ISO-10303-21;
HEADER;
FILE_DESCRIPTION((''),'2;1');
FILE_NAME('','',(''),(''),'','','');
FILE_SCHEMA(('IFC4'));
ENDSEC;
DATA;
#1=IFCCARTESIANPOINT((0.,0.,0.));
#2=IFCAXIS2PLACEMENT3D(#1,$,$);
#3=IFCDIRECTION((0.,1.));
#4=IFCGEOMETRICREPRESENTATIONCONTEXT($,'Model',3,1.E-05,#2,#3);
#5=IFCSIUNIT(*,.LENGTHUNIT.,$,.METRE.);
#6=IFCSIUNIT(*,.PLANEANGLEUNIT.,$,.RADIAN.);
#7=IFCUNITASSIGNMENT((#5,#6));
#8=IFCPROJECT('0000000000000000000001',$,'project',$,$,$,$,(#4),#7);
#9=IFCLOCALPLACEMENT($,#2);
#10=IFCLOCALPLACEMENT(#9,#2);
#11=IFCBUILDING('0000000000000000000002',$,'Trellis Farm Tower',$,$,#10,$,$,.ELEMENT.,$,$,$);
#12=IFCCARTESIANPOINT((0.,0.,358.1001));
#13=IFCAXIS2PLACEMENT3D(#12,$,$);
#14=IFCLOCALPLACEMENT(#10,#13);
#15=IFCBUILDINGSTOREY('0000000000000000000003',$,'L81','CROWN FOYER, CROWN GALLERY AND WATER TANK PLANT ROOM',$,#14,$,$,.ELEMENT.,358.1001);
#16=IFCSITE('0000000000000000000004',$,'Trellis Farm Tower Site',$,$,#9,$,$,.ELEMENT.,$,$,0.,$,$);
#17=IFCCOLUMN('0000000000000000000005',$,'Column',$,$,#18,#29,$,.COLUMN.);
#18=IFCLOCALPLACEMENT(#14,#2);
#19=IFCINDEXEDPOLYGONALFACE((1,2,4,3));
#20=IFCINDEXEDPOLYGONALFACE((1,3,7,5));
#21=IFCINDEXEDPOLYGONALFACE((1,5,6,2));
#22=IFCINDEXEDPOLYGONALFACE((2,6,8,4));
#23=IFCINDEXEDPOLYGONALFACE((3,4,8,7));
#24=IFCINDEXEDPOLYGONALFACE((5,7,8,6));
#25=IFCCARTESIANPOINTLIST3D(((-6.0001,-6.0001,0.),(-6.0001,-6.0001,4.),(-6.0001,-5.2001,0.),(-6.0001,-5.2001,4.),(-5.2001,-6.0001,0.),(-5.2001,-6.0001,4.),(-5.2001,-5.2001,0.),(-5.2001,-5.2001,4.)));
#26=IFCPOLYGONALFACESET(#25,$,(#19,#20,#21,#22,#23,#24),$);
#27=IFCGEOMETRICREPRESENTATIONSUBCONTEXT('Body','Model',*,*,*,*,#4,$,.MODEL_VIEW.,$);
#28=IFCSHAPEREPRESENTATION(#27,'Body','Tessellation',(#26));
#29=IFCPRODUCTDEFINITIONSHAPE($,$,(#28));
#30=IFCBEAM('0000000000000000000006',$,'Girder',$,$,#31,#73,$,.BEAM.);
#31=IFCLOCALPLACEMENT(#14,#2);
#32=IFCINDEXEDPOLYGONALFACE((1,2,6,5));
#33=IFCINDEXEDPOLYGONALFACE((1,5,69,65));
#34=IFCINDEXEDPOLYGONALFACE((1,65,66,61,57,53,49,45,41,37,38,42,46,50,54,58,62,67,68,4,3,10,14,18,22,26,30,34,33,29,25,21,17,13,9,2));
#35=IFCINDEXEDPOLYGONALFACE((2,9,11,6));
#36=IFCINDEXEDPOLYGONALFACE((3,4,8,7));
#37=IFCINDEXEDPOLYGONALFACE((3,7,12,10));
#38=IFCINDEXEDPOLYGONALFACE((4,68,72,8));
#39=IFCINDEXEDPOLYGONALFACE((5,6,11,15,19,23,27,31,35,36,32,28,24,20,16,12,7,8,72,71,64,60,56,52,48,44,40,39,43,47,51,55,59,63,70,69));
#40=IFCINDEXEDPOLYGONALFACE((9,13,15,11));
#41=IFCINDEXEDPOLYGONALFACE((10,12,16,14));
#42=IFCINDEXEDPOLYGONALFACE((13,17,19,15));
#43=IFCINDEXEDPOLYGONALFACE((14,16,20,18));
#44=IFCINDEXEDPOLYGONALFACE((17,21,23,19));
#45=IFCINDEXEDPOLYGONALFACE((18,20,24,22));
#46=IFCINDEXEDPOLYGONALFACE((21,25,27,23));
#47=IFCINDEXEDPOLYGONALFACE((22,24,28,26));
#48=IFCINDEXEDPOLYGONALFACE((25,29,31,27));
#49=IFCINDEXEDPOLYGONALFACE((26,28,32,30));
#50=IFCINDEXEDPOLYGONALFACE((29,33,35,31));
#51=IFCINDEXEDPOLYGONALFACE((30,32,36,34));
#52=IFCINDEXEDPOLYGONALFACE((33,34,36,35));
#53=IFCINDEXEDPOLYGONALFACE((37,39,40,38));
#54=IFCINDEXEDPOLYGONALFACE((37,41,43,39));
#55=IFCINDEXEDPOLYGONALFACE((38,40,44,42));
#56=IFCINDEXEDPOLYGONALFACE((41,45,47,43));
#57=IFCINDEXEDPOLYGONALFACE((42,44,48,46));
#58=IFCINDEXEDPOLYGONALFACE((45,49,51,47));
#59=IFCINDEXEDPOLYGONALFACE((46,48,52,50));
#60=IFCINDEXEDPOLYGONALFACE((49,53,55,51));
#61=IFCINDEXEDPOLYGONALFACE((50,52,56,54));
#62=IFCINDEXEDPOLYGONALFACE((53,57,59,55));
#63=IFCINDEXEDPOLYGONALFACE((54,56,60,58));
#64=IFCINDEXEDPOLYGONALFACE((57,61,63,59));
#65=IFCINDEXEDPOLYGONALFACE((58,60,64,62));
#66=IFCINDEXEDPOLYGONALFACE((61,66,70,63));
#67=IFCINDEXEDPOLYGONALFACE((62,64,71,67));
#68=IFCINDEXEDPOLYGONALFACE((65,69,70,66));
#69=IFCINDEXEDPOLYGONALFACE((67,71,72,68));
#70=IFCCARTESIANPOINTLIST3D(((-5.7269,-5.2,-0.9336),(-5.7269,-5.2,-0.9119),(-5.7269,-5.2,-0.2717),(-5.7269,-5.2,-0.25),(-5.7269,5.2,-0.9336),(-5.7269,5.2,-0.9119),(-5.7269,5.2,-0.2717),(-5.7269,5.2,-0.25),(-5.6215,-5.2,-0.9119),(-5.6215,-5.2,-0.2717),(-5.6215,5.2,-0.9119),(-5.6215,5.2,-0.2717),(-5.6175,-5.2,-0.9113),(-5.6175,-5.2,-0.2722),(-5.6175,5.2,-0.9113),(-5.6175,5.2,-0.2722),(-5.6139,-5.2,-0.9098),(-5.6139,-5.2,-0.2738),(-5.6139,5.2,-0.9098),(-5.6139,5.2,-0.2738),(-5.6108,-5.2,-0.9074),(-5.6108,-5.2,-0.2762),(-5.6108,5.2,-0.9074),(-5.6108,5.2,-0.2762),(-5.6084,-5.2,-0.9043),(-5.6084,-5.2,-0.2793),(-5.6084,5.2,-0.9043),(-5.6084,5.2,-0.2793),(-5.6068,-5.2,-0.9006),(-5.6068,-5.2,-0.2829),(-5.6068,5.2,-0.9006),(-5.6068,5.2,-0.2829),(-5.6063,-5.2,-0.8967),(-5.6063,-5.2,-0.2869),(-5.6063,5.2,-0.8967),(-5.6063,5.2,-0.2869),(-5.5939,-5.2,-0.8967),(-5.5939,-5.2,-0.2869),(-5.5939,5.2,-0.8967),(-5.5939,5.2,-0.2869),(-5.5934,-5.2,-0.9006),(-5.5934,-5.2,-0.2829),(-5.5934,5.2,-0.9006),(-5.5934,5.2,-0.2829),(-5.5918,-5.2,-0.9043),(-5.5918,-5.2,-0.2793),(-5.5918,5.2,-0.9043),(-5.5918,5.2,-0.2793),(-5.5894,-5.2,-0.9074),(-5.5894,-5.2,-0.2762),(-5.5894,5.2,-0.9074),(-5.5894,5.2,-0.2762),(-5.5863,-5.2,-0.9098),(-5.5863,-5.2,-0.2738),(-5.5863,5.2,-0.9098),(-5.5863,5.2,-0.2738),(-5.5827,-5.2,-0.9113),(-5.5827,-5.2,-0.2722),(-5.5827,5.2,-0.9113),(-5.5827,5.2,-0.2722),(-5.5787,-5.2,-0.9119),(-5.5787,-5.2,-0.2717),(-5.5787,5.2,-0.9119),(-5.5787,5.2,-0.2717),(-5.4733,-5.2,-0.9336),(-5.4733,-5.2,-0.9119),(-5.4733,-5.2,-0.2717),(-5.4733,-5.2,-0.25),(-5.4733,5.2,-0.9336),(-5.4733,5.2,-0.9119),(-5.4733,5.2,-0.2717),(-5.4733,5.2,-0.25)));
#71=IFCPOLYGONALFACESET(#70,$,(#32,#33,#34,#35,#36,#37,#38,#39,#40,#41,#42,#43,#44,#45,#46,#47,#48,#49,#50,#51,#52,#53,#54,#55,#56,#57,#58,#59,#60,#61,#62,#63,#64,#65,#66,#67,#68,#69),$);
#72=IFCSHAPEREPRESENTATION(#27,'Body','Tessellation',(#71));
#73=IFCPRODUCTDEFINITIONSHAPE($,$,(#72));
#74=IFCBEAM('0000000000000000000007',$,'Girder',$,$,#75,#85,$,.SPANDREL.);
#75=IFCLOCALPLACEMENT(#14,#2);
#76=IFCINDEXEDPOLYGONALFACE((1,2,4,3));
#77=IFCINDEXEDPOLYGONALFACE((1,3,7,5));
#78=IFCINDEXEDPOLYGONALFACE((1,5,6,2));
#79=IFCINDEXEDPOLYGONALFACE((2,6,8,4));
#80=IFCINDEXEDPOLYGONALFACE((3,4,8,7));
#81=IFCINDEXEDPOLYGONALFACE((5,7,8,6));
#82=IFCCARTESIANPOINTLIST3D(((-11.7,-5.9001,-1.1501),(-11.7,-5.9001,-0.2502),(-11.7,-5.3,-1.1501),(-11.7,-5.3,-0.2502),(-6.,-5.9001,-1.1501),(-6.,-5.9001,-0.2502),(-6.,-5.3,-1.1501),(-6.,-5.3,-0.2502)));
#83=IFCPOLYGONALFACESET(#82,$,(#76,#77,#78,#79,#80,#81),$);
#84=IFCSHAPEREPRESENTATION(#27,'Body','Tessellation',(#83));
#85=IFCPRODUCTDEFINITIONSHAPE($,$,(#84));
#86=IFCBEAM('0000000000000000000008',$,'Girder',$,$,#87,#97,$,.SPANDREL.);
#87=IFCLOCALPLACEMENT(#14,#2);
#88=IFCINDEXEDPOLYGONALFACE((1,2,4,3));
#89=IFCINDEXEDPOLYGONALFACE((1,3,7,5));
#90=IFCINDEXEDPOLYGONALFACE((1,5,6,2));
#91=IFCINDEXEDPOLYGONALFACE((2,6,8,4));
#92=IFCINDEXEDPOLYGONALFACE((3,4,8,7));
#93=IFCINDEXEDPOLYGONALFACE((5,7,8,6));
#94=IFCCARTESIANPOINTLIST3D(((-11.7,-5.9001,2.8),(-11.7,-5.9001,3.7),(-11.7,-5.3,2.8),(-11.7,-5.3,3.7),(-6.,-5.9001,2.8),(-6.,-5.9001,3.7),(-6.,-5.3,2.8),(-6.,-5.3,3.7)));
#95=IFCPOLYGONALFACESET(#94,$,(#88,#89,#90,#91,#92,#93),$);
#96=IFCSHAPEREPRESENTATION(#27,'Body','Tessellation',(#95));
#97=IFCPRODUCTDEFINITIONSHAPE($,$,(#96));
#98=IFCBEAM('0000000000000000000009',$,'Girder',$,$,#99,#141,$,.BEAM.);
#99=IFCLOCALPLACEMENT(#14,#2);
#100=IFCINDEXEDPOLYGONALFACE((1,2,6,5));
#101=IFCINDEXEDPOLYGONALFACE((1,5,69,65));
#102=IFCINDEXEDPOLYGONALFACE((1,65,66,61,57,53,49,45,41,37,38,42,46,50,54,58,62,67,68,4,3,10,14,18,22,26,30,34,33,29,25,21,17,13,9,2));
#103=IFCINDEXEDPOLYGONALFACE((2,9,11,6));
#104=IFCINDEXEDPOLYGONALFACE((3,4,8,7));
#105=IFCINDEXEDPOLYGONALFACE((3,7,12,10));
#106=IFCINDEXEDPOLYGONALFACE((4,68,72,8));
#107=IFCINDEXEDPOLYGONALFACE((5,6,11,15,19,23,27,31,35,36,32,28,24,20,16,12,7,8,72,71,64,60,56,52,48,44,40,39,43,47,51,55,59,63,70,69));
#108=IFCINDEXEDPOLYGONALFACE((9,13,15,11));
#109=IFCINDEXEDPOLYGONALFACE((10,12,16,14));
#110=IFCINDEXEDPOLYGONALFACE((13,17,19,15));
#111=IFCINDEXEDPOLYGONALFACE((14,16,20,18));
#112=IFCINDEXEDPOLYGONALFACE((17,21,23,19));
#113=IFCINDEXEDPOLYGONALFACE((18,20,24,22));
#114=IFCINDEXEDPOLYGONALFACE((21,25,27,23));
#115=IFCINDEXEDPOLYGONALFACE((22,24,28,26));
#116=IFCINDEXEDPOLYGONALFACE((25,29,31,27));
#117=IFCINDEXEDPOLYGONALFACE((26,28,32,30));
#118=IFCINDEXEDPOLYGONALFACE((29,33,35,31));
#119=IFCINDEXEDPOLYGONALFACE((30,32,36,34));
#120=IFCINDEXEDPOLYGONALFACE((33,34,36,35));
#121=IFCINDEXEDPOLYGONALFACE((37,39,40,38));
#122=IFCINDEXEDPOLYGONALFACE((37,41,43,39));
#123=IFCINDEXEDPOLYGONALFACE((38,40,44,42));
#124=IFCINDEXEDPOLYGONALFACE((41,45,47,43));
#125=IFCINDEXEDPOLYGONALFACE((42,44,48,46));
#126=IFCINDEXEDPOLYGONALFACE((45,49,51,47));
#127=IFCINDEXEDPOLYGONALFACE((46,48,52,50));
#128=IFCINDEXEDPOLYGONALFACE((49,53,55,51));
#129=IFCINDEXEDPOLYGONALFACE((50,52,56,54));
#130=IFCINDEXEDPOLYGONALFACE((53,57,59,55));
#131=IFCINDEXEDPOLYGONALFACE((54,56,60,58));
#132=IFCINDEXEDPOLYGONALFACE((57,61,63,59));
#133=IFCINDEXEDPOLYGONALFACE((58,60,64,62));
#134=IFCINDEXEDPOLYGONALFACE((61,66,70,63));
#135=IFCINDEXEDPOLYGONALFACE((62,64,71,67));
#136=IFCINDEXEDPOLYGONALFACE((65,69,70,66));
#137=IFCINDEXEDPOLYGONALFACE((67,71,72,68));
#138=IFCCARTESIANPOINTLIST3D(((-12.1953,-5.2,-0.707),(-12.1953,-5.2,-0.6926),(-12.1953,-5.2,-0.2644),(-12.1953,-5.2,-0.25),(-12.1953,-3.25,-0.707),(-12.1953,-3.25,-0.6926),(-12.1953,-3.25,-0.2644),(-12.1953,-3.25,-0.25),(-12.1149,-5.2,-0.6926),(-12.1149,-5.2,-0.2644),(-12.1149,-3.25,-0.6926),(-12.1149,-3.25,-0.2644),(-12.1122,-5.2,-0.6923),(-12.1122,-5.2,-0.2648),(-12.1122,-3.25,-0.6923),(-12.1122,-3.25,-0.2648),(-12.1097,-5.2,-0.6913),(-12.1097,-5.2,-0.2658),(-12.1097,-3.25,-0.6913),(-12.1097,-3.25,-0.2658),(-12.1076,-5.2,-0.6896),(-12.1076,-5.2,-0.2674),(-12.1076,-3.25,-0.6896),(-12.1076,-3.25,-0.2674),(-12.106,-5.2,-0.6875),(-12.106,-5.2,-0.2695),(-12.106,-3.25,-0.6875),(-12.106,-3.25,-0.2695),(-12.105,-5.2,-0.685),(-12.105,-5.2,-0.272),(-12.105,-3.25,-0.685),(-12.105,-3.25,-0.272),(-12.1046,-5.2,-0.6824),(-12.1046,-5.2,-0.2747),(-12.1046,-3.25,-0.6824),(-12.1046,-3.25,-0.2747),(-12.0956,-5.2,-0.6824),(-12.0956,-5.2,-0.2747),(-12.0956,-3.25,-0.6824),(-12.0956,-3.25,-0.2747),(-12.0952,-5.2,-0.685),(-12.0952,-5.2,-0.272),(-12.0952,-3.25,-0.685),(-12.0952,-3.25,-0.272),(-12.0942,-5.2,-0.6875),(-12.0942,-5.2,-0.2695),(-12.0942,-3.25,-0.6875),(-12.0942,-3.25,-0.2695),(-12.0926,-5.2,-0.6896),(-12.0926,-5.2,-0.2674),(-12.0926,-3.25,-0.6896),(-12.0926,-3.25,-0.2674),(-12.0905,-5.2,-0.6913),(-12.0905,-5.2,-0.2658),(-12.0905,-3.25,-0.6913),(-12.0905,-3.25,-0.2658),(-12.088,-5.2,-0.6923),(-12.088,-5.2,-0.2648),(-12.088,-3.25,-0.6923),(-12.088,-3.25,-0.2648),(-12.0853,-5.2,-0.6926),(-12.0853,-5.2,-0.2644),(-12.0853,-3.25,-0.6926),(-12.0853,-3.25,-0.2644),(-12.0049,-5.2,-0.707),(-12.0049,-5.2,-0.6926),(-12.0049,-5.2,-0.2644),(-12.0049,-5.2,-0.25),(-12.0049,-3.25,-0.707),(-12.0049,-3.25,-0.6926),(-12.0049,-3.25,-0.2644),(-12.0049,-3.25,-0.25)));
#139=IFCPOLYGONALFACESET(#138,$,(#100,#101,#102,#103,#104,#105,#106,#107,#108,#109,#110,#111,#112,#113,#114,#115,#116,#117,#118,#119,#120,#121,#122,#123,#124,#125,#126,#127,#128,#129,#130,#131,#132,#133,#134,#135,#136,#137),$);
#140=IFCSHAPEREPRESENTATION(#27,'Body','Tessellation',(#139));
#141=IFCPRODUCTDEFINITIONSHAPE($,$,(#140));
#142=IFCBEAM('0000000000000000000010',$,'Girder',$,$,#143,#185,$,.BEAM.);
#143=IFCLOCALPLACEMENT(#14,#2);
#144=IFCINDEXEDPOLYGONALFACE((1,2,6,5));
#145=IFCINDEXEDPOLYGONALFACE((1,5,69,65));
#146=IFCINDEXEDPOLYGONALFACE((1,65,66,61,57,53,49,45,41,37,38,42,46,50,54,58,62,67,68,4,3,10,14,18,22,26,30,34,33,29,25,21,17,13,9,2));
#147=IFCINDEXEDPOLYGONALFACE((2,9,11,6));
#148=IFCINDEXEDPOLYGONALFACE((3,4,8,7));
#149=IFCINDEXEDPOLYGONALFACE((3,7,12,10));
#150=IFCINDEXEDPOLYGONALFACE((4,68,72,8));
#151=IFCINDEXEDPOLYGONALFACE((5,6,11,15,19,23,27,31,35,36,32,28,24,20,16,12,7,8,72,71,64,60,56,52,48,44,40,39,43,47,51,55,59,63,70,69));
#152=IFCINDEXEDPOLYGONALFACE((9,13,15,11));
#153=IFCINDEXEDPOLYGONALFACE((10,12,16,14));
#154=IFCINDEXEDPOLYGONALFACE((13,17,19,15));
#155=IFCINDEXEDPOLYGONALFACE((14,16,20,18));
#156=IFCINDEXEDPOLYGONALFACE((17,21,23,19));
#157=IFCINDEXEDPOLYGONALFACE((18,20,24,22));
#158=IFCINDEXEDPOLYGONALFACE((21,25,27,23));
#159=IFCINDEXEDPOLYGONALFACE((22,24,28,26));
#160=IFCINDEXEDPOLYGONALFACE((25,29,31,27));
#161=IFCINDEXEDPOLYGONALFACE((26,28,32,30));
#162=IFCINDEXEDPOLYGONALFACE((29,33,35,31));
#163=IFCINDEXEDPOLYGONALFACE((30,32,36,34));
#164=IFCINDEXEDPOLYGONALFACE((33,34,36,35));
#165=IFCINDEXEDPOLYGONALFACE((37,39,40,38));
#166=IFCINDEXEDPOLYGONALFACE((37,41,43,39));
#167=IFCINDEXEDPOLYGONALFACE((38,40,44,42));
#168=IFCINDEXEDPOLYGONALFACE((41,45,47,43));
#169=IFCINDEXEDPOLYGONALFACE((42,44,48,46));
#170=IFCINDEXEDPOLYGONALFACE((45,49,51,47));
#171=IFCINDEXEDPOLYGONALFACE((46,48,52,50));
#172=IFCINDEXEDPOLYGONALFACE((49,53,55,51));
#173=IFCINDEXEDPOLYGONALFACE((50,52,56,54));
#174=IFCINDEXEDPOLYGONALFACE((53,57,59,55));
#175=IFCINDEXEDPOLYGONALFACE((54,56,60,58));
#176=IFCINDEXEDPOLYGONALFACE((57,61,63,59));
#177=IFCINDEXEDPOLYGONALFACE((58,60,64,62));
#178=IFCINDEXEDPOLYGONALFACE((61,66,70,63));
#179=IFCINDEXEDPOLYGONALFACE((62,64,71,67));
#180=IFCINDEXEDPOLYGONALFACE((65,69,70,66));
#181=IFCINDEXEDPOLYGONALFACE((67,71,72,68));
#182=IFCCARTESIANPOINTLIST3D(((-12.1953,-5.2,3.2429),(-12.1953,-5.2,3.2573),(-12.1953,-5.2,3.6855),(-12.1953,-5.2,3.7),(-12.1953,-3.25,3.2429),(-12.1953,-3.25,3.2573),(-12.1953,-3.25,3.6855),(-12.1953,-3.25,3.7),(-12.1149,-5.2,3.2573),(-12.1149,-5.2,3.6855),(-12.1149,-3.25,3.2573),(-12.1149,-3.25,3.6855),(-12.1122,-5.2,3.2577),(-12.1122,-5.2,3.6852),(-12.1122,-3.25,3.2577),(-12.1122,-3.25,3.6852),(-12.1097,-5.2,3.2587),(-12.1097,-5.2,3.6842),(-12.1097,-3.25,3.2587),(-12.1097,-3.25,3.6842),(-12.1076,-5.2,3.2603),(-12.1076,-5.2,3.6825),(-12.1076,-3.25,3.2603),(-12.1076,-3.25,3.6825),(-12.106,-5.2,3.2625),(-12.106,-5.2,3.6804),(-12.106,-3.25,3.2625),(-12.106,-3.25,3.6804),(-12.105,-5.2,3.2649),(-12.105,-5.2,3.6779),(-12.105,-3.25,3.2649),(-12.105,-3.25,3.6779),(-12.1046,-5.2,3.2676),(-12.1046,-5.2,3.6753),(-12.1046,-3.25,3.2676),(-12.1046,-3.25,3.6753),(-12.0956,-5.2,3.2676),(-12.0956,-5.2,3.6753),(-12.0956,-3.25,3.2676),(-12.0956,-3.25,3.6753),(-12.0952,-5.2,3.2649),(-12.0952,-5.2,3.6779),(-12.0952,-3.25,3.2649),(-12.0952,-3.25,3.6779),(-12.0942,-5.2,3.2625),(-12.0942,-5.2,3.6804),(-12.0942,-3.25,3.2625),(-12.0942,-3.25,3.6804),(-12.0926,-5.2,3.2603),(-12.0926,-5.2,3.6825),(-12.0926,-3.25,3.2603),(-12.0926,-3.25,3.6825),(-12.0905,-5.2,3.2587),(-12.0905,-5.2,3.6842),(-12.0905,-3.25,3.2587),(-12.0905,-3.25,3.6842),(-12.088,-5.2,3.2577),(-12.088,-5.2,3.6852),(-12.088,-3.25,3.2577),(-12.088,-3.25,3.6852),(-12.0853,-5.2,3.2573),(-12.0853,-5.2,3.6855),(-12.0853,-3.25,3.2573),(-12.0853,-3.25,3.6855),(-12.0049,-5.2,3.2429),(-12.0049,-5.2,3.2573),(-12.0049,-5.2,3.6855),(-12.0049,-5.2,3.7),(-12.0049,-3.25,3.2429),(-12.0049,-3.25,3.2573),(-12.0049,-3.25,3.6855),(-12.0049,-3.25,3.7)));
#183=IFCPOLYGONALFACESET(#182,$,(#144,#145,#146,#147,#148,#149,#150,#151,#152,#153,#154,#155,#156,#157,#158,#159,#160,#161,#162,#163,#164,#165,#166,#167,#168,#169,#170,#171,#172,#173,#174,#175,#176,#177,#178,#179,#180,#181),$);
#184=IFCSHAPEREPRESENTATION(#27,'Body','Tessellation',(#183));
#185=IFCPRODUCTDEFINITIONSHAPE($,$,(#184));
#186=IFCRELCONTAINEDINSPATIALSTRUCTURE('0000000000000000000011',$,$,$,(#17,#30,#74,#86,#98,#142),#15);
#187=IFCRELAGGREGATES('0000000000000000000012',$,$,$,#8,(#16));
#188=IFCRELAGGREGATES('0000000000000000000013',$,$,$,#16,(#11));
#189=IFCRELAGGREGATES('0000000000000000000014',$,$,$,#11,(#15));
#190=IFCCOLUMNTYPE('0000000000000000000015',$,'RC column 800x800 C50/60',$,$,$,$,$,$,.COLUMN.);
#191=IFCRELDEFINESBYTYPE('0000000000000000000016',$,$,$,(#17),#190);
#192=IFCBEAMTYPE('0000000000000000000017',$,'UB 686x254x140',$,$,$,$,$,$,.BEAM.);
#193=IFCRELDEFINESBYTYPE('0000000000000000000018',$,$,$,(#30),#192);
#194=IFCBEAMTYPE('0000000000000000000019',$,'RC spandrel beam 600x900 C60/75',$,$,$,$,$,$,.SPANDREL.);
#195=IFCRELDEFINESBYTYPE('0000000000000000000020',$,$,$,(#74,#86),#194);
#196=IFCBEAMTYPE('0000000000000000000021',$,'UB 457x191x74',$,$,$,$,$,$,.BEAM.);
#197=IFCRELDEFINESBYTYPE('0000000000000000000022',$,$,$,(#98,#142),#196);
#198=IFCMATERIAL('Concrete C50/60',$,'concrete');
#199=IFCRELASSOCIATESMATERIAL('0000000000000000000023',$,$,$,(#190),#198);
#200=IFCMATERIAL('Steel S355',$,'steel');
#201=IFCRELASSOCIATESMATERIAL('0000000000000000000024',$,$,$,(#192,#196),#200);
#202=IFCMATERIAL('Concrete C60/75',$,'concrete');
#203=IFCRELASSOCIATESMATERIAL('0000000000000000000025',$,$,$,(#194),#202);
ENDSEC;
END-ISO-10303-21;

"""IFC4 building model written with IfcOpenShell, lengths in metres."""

from ifc_helpers import new_model, si_unit, direction, frame, origin, origin_2d, place, context, subcontext, project, spatial, rectangle, i_section, extrude, source, transform, mapped, material, material_profile, profile_set, type_object, element, save


model = new_model("IFC4")

# Units and contexts
model_context = context("Model", 3, precision=1e-05, world=origin(), true_north=direction((0.0, 1.0)))
body_context = subcontext(model_context, "Body", "Model", "MODEL_VIEW")
ifc_project = project(units=[si_unit("LENGTHUNIT", "METRE"), si_unit("PLANEANGLEUNIT", "RADIAN")], contexts=[model_context])

# Site, building, storey
site_placement = place(None, origin())
site = spatial("IfcSite", under=ifc_project, at=site_placement, Name="Trellis Farm Tower Site", CompositionType="ELEMENT", RefElevation=0.0)
building_placement = place(site_placement, origin())
building = spatial("IfcBuilding", under=site, at=building_placement, Name="Trellis Farm Tower", CompositionType="ELEMENT")
storey_placement = place(building_placement, frame((0.0, 0.0, 358.1001)))
storey = spatial("IfcBuildingStorey", under=building, at=storey_placement, Name="L81", Description="CROWN FOYER, CROWN GALLERY AND WATER TANK PLANT ROOM", CompositionType="ELEMENT", Elevation=358.1001)

# Column
ifc_material_1 = material(Name="Concrete C50/60", Category="concrete")
ifc_material_profile_1 = material_profile(ifc_material_1, rectangle(XDim=0.8, YDim=0.8, at=origin_2d()), Name="RC column 800x800 C50/60")
ifc_profile_set_1 = profile_set([ifc_material_profile_1], Name="Concrete C50/60")
column_type = type_object("IfcColumnType", Name="RC column 800x800 C50/60", PredefinedType="COLUMN", material=ifc_profile_set_1)
shared_shape_1 = source(origin(), body_context, "Body", "SweptSolid", [
    extrude(rectangle(XDim=0.8, YDim=0.8, at=origin_2d()), origin(), (0.0, 0.0, 1.0), 4.0),
])
column_placement = place(storey_placement, frame((-5.6001, -5.6001, 0.0), z_axis=(0.0, 0.0, 1.0), x_axis=(1.0, 0.0, 0.0)))
element("IfcColumn", 1, at=column_placement, inside=storey, type_object=column_type, Name="Column", PredefinedType="COLUMN", context=body_context, shape_type="MappedRepresentation", body=[
    mapped(shared_shape_1, transform((0.0, 0.0, 0.0))),
])

# Beams
ifc_material_2 = material(Name="Steel S355", Category="steel")
ifc_material_profile_2 = material_profile(ifc_material_2, i_section(OverallWidth=0.2537, OverallDepth=0.6836, WebThickness=0.0125, FlangeThickness=0.0217, FilletRadius=0.0151, at=origin_2d()), Name="UB 686x254x140")
ifc_profile_set_2 = profile_set([ifc_material_profile_2], Name="Steel S355")
beam_type_1 = type_object("IfcBeamType", Name="UB 686x254x140", PredefinedType="BEAM", material=ifc_profile_set_2)
shared_shape_2 = source(origin(), body_context, "Body", "SweptSolid", [
    extrude(i_section(OverallWidth=0.2537, OverallDepth=0.6836, WebThickness=0.0125, FlangeThickness=0.0217, FilletRadius=0.0151, at=origin_2d()), origin(), (0.0, 0.0, 1.0), 10.3999),
])
beam_placement = place(storey_placement, frame((-5.6001, -5.2, -0.5918), z_axis=(0.0, 1.0, 0.0), x_axis=(-1.0, 0.0, 0.0)))
element("IfcBeam", 2, at=beam_placement, inside=storey, type_object=beam_type_1, Name="Girder", PredefinedType="BEAM", context=body_context, shape_type="MappedRepresentation", body=[
    mapped(shared_shape_2, transform((0.0, 0.0, 0.0))),
])
ifc_material_3 = material(Name="Concrete C60/75", Category="concrete")
ifc_material_profile_3 = material_profile(ifc_material_3, rectangle(XDim=0.6001, YDim=0.8999, at=origin_2d()), Name="RC spandrel beam 600x900 C60/75")
ifc_profile_set_3 = profile_set([ifc_material_profile_3], Name="Concrete C60/75")
beam_type_2 = type_object("IfcBeamType", Name="RC spandrel beam 600x900 C60/75", PredefinedType="SPANDREL", material=ifc_profile_set_3)
shared_shape_3 = source(origin(), body_context, "Body", "SweptSolid", [
    extrude(rectangle(XDim=0.6001, YDim=0.8999, at=origin_2d()), origin(), (0.0, 0.0, 1.0), 5.7),
])
for number, where, z_axis, x_axis, name in (
    (3, (-11.7, -5.6001, -0.7002), (1.0, 0.0, 0.0), (0.0, 1.0, 0.0), "Girder"),
    (4, (-11.7, -5.6001, 3.25), (1.0, 0.0, 0.0), (0.0, 1.0, 0.0), "Girder"),
):
    element("IfcBeam", number, at=place(storey_placement, frame(where, z_axis=z_axis, x_axis=x_axis)), inside=storey, type_object=beam_type_2, Name=name, PredefinedType="SPANDREL", context=body_context, shape_type="MappedRepresentation", body=[
        mapped(shared_shape_3, transform((0.0, 0.0, 0.0))),
    ])
ifc_material_profile_4 = material_profile(ifc_material_2, i_section(OverallWidth=0.1904, OverallDepth=0.457, WebThickness=0.009, FlangeThickness=0.0144, FilletRadius=0.0103, at=origin_2d()), Name="UB 457x191x74")
ifc_profile_set_4 = profile_set([ifc_material_profile_4], Name="Steel S355")
beam_type_3 = type_object("IfcBeamType", Name="UB 457x191x74", PredefinedType="BEAM", material=ifc_profile_set_4)
shared_shape_4 = source(origin(), body_context, "Body", "SweptSolid", [
    extrude(i_section(OverallWidth=0.1904, OverallDepth=0.457, WebThickness=0.009, FlangeThickness=0.0144, FilletRadius=0.0103, at=origin_2d()), origin(), (0.0, 0.0, 1.0), 1.95),
])
for number, where, z_axis, x_axis, name in (
    (5, (-12.1001, -5.2, -0.4785), (0.0, 1.0, 0.0), (-1.0, 0.0, 0.0), "Girder"),
    (6, (-12.1001, -5.2, 3.4714), (0.0, 1.0, 0.0), (-1.0, 0.0, 0.0), "Girder"),
):
    element("IfcBeam", number, at=place(storey_placement, frame(where, z_axis=z_axis, x_axis=x_axis)), inside=storey, type_object=beam_type_3, Name=name, PredefinedType="BEAM", context=body_context, shape_type="MappedRepresentation", body=[
        mapped(shared_shape_4, transform((0.0, 0.0, 0.0))),
    ])

save(model, "model.ifc")
